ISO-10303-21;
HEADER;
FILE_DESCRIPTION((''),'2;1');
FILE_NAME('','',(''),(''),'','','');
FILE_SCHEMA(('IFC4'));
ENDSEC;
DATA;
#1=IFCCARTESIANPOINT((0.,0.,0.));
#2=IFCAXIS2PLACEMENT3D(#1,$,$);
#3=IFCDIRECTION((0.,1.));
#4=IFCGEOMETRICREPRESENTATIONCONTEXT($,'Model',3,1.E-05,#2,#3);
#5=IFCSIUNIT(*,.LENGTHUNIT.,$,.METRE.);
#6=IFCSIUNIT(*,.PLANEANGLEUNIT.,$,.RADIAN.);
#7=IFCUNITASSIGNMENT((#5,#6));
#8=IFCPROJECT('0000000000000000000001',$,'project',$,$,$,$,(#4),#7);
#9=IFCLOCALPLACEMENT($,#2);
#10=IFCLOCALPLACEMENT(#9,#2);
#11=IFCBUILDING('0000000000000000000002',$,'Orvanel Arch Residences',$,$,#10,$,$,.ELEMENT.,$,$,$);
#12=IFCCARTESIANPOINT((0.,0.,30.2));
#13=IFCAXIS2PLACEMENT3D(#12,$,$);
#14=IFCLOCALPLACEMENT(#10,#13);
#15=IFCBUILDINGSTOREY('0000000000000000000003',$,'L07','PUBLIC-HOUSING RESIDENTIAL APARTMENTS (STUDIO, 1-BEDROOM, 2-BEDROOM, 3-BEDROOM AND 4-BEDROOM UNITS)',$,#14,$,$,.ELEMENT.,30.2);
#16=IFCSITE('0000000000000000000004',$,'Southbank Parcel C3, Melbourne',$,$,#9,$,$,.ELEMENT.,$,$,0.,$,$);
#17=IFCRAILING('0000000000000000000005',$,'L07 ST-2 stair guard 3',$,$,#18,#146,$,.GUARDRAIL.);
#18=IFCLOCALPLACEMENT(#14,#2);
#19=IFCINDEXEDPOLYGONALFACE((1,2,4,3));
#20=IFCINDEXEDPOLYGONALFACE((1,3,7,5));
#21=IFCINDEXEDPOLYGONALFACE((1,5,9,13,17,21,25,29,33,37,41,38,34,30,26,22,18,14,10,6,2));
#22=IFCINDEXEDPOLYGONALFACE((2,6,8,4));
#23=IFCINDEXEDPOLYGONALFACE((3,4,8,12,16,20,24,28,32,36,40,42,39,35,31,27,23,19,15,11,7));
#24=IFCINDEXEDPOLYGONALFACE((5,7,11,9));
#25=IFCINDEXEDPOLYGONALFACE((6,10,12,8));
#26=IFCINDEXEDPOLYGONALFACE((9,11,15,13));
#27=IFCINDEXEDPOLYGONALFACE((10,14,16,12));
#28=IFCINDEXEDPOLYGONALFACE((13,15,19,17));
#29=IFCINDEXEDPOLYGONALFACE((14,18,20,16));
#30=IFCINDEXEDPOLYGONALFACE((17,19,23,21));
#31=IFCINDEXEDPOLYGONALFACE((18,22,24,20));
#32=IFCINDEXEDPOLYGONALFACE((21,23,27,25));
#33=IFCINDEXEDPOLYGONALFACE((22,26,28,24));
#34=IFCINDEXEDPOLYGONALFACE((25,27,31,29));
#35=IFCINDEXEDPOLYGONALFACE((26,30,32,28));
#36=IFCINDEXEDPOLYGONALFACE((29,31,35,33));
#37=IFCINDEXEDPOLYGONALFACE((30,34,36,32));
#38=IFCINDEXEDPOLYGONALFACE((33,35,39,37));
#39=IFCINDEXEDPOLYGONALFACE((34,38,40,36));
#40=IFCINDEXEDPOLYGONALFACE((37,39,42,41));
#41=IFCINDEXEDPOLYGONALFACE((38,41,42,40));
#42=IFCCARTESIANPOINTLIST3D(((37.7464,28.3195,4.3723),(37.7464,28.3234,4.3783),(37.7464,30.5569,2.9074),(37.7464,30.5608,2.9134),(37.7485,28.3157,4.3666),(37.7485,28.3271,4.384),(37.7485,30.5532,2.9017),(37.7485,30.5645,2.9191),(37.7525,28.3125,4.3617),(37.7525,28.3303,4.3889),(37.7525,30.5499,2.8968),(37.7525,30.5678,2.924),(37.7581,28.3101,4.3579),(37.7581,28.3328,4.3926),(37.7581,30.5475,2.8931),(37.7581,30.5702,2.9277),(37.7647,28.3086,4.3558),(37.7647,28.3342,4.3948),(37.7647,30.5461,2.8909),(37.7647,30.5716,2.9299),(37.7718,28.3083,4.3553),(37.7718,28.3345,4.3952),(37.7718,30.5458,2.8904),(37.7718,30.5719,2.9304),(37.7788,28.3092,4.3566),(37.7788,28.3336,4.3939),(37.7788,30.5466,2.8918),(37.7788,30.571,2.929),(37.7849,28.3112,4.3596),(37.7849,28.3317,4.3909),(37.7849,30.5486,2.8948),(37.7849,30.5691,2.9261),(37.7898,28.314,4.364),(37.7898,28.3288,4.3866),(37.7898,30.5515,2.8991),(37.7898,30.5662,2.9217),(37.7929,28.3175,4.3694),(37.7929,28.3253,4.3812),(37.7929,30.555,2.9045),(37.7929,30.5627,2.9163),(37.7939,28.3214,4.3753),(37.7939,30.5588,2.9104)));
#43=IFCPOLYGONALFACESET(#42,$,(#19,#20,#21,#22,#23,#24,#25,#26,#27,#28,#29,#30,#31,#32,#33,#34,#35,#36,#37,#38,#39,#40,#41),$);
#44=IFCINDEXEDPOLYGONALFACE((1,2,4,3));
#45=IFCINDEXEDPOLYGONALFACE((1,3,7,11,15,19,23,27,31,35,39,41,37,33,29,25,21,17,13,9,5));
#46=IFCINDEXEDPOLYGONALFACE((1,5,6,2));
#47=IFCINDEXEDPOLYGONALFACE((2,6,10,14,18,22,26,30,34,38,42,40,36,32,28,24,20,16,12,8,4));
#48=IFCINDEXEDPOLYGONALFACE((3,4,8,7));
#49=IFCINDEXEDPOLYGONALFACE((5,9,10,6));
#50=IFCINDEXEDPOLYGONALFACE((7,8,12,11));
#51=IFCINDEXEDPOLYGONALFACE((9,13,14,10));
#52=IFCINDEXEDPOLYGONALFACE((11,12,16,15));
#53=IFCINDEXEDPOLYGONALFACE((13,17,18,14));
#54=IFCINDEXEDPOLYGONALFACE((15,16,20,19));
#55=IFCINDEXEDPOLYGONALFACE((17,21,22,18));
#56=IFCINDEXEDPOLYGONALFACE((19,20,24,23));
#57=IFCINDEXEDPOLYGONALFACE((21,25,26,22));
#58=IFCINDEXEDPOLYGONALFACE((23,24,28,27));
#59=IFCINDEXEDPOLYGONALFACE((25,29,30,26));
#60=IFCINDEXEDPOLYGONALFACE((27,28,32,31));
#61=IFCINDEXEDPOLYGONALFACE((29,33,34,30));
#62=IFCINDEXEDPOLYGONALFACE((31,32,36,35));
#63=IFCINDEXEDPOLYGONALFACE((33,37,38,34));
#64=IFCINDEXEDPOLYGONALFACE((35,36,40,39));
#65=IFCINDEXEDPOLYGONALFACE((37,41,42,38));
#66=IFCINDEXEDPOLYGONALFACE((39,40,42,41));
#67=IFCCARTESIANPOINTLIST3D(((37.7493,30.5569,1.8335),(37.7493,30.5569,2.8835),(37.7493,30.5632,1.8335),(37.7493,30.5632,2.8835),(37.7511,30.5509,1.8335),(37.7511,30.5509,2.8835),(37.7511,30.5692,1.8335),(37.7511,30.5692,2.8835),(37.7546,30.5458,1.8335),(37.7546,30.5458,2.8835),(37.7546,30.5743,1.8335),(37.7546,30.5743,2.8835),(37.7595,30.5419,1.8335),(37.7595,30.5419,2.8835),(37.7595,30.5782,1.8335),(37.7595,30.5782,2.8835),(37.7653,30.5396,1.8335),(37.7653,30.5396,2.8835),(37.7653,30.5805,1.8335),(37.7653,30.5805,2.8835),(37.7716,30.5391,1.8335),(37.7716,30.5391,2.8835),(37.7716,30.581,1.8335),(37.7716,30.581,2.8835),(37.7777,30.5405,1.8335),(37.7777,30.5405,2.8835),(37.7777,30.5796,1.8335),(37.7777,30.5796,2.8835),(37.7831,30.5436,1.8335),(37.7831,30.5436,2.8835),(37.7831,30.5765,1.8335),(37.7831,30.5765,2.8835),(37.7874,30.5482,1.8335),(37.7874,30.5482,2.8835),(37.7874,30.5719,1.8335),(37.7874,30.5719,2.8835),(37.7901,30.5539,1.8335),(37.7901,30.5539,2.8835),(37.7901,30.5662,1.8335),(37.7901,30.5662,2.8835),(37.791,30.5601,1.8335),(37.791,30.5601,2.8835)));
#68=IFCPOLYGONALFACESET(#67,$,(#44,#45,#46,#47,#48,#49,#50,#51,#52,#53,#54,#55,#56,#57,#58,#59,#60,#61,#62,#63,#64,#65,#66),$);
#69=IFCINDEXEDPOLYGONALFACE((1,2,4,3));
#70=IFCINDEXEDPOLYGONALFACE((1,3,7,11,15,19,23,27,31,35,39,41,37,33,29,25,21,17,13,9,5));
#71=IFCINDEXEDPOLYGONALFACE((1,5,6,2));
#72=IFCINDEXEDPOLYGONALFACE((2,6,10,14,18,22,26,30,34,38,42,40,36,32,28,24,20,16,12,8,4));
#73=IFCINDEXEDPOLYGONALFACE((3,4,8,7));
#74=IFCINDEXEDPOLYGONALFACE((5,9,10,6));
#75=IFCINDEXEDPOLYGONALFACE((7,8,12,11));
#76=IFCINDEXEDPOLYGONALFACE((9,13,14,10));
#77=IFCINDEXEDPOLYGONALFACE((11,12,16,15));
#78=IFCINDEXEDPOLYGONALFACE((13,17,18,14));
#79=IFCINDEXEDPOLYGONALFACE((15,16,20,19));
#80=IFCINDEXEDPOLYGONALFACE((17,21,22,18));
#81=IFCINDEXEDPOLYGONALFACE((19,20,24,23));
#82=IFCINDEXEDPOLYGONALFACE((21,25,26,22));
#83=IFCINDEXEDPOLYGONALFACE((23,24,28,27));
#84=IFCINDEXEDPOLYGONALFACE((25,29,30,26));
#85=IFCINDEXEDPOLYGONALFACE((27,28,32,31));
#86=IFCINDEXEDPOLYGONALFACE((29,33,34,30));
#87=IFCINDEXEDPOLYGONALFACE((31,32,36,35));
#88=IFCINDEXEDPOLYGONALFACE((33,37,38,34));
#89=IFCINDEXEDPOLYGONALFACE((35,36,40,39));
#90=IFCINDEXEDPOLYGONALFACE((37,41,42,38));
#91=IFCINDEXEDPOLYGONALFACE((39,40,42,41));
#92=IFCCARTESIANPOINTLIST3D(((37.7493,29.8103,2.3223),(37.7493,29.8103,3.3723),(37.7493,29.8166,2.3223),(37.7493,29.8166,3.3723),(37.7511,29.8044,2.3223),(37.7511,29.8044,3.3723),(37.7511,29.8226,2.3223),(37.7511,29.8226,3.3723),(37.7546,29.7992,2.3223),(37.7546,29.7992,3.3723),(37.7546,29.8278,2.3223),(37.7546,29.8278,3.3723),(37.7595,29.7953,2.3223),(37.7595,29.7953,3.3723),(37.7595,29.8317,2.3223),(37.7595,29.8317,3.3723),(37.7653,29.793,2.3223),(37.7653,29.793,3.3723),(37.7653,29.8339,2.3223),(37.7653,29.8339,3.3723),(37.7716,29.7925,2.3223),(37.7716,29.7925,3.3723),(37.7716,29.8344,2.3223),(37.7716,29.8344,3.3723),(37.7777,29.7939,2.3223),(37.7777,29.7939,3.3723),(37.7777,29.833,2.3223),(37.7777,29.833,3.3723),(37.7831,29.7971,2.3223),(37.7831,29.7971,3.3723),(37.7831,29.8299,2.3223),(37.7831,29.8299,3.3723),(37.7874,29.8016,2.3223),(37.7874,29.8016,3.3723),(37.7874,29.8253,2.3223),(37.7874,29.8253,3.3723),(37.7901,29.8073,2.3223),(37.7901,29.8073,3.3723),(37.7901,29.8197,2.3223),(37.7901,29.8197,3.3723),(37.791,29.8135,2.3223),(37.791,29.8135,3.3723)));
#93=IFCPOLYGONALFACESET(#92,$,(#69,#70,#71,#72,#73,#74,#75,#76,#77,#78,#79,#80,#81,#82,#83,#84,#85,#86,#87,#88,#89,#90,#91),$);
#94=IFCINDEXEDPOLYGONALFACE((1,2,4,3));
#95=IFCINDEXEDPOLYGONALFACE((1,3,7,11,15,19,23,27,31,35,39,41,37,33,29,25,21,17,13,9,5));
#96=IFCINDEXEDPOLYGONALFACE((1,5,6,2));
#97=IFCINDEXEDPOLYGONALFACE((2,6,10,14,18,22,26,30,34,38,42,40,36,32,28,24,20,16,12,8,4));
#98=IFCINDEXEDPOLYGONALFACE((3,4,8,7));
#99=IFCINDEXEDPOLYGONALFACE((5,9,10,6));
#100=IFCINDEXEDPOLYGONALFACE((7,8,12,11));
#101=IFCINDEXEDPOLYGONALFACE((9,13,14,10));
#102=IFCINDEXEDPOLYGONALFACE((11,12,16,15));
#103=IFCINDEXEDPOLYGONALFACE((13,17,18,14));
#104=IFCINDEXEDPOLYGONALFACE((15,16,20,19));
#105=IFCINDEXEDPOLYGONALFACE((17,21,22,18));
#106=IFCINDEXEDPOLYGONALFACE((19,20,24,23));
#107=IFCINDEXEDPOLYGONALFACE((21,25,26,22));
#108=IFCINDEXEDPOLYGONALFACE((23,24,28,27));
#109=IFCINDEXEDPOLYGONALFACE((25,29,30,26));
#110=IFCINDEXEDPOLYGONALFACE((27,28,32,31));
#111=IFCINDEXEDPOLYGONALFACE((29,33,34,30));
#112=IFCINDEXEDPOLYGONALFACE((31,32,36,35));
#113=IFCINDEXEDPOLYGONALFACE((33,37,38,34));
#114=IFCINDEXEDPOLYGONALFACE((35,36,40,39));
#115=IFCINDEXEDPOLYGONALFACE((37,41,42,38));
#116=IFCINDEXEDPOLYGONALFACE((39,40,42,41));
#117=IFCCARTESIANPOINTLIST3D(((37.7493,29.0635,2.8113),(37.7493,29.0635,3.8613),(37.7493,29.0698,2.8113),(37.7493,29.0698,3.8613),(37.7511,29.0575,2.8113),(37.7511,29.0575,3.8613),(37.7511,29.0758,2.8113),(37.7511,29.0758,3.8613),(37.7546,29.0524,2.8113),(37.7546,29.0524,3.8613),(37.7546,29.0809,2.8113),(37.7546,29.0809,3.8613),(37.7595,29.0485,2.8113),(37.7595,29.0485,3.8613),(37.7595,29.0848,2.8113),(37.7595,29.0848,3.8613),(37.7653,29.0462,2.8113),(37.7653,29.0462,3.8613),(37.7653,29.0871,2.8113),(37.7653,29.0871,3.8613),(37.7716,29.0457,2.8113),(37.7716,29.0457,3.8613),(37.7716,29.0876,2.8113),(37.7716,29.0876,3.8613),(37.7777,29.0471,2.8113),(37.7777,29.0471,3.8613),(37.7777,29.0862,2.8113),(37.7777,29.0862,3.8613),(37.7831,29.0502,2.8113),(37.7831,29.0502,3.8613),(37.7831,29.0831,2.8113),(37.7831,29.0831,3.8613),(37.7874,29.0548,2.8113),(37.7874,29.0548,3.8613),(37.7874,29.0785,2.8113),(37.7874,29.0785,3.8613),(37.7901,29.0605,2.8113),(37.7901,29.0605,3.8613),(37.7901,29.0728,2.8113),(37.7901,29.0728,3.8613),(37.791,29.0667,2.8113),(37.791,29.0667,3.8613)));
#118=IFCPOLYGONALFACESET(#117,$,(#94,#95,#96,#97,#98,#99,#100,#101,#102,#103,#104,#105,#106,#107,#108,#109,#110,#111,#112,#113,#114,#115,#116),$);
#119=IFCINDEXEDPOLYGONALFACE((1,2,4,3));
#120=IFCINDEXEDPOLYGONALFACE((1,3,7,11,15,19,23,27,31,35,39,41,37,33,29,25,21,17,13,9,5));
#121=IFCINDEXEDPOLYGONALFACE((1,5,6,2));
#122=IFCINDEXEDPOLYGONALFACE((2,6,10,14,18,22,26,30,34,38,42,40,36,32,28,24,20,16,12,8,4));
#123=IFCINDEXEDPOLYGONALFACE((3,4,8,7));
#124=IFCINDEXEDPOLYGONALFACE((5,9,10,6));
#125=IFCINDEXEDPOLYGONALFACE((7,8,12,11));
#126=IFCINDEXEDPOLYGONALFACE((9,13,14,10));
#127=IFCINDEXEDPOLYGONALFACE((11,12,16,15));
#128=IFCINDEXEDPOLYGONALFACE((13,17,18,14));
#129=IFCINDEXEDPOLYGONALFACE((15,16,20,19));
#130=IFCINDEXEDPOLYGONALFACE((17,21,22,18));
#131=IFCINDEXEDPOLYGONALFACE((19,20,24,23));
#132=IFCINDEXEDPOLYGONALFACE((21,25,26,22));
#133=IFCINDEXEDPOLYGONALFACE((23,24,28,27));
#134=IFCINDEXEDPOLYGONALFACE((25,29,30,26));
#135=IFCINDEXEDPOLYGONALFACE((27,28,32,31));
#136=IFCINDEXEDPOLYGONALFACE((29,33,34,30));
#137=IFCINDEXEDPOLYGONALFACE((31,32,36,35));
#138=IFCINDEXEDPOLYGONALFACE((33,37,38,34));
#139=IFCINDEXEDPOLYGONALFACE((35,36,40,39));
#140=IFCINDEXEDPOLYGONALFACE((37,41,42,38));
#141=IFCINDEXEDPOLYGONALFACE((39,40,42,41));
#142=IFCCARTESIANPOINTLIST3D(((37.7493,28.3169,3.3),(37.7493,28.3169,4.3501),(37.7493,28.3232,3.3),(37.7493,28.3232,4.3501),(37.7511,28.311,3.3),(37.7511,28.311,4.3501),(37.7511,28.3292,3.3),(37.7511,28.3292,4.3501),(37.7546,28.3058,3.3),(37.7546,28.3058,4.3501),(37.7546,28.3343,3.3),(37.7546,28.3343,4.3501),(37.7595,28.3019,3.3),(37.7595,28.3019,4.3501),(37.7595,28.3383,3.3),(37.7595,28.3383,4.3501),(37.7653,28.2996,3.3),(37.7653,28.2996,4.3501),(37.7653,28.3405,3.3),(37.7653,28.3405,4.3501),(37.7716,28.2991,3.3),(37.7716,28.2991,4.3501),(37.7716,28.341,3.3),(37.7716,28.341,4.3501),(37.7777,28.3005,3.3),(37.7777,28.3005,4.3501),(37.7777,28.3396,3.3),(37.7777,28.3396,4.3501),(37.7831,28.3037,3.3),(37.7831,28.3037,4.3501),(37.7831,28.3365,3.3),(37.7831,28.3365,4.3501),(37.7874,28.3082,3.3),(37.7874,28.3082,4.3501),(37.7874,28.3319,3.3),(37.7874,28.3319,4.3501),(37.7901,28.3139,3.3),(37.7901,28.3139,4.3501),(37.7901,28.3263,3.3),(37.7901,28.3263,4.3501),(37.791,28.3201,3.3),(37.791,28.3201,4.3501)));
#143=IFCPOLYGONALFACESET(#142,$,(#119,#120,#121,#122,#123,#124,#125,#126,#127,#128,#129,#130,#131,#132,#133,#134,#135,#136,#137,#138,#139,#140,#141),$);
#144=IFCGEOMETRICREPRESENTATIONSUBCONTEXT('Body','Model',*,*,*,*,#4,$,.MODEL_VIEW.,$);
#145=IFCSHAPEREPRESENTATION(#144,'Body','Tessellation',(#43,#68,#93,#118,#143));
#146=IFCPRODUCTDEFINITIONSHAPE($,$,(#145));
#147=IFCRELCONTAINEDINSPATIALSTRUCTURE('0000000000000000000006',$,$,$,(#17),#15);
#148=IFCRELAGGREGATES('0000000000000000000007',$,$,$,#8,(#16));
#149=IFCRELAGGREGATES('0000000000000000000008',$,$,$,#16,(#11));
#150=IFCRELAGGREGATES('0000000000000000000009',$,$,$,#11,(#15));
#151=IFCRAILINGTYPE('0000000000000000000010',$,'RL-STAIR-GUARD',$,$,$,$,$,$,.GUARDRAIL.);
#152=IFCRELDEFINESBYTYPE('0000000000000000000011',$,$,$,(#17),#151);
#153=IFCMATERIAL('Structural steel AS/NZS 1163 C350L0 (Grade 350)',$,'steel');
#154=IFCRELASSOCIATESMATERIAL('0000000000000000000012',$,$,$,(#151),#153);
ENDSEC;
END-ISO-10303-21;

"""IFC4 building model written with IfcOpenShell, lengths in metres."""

from ifc_helpers import new_model, si_unit, direction, frame, origin, origin_2d, place, context, subcontext, project, spatial, circle, extrude, material, type_object, element, save


model = new_model("IFC4")

# Units and contexts
model_context = context("Model", 3, precision=1e-05, world=origin(), true_north=direction((0.0, 1.0)))
body_context = subcontext(model_context, "Body", "Model", "MODEL_VIEW")
ifc_project = project(units=[si_unit("LENGTHUNIT", "METRE"), si_unit("PLANEANGLEUNIT", "RADIAN")], contexts=[model_context])

# Site, building, storey
site_placement = place(None, origin())
site = spatial("IfcSite", under=ifc_project, at=site_placement, Name="Southbank Parcel C3, Melbourne", CompositionType="ELEMENT", RefElevation=0.0)
building_placement = place(site_placement, origin())
building = spatial("IfcBuilding", under=site, at=building_placement, Name="Orvanel Arch Residences", CompositionType="ELEMENT")
storey_placement = place(building_placement, frame((0.0, 0.0, 30.2)))
storey = spatial("IfcBuildingStorey", under=building, at=storey_placement, Name="L07", Description="PUBLIC-HOUSING RESIDENTIAL APARTMENTS (STUDIO, 1-BEDROOM, 2-BEDROOM, 3-BEDROOM AND 4-BEDROOM UNITS)", CompositionType="ELEMENT", Elevation=30.2)

# Railing
ifc_material_1 = material(Name="Structural steel AS/NZS 1163 C350L0 (Grade 350)", Category="steel")
railing_type_1 = type_object("IfcRailingType", Name="RL-STAIR-GUARD", PredefinedType="GUARDRAIL", material=ifc_material_1)
railing_1_placement = place(storey_placement, frame((37.77, 30.5601, 1.8335)))
element("IfcRailing", 1, at=railing_1_placement, inside=storey, type_object=railing_type_1, Name="L07 ST-2 stair guard 3", PredefinedType="GUARDRAIL", context=body_context, shape_type="SweptSolid", body=[
    extrude(circle(Radius=0.0239, at=origin_2d()), frame((0.0, -0.0012, 1.0769), z_axis=(0.0, -0.836637, 0.547758), x_axis=(1.0, 0.0, 0.0)), (0.0, 0.0, 1.0), 2.6743),
    extrude(circle(Radius=0.021, at=origin_2d()), origin(), (0.0, 0.0, 1.0), 1.05),
    extrude(circle(Radius=0.021, at=origin_2d()), frame((0.0, -0.7466, 0.4888)), (0.0, 0.0, 1.0), 1.05),
    extrude(circle(Radius=0.021, at=origin_2d()), frame((0.0, -1.4934, 0.9778)), (0.0, 0.0, 1.0), 1.05),
    extrude(circle(Radius=0.021, at=origin_2d()), frame((0.0, -2.24, 1.4666)), (0.0, 0.0, 1.0), 1.05),
])

save(model, "model.ifc")
